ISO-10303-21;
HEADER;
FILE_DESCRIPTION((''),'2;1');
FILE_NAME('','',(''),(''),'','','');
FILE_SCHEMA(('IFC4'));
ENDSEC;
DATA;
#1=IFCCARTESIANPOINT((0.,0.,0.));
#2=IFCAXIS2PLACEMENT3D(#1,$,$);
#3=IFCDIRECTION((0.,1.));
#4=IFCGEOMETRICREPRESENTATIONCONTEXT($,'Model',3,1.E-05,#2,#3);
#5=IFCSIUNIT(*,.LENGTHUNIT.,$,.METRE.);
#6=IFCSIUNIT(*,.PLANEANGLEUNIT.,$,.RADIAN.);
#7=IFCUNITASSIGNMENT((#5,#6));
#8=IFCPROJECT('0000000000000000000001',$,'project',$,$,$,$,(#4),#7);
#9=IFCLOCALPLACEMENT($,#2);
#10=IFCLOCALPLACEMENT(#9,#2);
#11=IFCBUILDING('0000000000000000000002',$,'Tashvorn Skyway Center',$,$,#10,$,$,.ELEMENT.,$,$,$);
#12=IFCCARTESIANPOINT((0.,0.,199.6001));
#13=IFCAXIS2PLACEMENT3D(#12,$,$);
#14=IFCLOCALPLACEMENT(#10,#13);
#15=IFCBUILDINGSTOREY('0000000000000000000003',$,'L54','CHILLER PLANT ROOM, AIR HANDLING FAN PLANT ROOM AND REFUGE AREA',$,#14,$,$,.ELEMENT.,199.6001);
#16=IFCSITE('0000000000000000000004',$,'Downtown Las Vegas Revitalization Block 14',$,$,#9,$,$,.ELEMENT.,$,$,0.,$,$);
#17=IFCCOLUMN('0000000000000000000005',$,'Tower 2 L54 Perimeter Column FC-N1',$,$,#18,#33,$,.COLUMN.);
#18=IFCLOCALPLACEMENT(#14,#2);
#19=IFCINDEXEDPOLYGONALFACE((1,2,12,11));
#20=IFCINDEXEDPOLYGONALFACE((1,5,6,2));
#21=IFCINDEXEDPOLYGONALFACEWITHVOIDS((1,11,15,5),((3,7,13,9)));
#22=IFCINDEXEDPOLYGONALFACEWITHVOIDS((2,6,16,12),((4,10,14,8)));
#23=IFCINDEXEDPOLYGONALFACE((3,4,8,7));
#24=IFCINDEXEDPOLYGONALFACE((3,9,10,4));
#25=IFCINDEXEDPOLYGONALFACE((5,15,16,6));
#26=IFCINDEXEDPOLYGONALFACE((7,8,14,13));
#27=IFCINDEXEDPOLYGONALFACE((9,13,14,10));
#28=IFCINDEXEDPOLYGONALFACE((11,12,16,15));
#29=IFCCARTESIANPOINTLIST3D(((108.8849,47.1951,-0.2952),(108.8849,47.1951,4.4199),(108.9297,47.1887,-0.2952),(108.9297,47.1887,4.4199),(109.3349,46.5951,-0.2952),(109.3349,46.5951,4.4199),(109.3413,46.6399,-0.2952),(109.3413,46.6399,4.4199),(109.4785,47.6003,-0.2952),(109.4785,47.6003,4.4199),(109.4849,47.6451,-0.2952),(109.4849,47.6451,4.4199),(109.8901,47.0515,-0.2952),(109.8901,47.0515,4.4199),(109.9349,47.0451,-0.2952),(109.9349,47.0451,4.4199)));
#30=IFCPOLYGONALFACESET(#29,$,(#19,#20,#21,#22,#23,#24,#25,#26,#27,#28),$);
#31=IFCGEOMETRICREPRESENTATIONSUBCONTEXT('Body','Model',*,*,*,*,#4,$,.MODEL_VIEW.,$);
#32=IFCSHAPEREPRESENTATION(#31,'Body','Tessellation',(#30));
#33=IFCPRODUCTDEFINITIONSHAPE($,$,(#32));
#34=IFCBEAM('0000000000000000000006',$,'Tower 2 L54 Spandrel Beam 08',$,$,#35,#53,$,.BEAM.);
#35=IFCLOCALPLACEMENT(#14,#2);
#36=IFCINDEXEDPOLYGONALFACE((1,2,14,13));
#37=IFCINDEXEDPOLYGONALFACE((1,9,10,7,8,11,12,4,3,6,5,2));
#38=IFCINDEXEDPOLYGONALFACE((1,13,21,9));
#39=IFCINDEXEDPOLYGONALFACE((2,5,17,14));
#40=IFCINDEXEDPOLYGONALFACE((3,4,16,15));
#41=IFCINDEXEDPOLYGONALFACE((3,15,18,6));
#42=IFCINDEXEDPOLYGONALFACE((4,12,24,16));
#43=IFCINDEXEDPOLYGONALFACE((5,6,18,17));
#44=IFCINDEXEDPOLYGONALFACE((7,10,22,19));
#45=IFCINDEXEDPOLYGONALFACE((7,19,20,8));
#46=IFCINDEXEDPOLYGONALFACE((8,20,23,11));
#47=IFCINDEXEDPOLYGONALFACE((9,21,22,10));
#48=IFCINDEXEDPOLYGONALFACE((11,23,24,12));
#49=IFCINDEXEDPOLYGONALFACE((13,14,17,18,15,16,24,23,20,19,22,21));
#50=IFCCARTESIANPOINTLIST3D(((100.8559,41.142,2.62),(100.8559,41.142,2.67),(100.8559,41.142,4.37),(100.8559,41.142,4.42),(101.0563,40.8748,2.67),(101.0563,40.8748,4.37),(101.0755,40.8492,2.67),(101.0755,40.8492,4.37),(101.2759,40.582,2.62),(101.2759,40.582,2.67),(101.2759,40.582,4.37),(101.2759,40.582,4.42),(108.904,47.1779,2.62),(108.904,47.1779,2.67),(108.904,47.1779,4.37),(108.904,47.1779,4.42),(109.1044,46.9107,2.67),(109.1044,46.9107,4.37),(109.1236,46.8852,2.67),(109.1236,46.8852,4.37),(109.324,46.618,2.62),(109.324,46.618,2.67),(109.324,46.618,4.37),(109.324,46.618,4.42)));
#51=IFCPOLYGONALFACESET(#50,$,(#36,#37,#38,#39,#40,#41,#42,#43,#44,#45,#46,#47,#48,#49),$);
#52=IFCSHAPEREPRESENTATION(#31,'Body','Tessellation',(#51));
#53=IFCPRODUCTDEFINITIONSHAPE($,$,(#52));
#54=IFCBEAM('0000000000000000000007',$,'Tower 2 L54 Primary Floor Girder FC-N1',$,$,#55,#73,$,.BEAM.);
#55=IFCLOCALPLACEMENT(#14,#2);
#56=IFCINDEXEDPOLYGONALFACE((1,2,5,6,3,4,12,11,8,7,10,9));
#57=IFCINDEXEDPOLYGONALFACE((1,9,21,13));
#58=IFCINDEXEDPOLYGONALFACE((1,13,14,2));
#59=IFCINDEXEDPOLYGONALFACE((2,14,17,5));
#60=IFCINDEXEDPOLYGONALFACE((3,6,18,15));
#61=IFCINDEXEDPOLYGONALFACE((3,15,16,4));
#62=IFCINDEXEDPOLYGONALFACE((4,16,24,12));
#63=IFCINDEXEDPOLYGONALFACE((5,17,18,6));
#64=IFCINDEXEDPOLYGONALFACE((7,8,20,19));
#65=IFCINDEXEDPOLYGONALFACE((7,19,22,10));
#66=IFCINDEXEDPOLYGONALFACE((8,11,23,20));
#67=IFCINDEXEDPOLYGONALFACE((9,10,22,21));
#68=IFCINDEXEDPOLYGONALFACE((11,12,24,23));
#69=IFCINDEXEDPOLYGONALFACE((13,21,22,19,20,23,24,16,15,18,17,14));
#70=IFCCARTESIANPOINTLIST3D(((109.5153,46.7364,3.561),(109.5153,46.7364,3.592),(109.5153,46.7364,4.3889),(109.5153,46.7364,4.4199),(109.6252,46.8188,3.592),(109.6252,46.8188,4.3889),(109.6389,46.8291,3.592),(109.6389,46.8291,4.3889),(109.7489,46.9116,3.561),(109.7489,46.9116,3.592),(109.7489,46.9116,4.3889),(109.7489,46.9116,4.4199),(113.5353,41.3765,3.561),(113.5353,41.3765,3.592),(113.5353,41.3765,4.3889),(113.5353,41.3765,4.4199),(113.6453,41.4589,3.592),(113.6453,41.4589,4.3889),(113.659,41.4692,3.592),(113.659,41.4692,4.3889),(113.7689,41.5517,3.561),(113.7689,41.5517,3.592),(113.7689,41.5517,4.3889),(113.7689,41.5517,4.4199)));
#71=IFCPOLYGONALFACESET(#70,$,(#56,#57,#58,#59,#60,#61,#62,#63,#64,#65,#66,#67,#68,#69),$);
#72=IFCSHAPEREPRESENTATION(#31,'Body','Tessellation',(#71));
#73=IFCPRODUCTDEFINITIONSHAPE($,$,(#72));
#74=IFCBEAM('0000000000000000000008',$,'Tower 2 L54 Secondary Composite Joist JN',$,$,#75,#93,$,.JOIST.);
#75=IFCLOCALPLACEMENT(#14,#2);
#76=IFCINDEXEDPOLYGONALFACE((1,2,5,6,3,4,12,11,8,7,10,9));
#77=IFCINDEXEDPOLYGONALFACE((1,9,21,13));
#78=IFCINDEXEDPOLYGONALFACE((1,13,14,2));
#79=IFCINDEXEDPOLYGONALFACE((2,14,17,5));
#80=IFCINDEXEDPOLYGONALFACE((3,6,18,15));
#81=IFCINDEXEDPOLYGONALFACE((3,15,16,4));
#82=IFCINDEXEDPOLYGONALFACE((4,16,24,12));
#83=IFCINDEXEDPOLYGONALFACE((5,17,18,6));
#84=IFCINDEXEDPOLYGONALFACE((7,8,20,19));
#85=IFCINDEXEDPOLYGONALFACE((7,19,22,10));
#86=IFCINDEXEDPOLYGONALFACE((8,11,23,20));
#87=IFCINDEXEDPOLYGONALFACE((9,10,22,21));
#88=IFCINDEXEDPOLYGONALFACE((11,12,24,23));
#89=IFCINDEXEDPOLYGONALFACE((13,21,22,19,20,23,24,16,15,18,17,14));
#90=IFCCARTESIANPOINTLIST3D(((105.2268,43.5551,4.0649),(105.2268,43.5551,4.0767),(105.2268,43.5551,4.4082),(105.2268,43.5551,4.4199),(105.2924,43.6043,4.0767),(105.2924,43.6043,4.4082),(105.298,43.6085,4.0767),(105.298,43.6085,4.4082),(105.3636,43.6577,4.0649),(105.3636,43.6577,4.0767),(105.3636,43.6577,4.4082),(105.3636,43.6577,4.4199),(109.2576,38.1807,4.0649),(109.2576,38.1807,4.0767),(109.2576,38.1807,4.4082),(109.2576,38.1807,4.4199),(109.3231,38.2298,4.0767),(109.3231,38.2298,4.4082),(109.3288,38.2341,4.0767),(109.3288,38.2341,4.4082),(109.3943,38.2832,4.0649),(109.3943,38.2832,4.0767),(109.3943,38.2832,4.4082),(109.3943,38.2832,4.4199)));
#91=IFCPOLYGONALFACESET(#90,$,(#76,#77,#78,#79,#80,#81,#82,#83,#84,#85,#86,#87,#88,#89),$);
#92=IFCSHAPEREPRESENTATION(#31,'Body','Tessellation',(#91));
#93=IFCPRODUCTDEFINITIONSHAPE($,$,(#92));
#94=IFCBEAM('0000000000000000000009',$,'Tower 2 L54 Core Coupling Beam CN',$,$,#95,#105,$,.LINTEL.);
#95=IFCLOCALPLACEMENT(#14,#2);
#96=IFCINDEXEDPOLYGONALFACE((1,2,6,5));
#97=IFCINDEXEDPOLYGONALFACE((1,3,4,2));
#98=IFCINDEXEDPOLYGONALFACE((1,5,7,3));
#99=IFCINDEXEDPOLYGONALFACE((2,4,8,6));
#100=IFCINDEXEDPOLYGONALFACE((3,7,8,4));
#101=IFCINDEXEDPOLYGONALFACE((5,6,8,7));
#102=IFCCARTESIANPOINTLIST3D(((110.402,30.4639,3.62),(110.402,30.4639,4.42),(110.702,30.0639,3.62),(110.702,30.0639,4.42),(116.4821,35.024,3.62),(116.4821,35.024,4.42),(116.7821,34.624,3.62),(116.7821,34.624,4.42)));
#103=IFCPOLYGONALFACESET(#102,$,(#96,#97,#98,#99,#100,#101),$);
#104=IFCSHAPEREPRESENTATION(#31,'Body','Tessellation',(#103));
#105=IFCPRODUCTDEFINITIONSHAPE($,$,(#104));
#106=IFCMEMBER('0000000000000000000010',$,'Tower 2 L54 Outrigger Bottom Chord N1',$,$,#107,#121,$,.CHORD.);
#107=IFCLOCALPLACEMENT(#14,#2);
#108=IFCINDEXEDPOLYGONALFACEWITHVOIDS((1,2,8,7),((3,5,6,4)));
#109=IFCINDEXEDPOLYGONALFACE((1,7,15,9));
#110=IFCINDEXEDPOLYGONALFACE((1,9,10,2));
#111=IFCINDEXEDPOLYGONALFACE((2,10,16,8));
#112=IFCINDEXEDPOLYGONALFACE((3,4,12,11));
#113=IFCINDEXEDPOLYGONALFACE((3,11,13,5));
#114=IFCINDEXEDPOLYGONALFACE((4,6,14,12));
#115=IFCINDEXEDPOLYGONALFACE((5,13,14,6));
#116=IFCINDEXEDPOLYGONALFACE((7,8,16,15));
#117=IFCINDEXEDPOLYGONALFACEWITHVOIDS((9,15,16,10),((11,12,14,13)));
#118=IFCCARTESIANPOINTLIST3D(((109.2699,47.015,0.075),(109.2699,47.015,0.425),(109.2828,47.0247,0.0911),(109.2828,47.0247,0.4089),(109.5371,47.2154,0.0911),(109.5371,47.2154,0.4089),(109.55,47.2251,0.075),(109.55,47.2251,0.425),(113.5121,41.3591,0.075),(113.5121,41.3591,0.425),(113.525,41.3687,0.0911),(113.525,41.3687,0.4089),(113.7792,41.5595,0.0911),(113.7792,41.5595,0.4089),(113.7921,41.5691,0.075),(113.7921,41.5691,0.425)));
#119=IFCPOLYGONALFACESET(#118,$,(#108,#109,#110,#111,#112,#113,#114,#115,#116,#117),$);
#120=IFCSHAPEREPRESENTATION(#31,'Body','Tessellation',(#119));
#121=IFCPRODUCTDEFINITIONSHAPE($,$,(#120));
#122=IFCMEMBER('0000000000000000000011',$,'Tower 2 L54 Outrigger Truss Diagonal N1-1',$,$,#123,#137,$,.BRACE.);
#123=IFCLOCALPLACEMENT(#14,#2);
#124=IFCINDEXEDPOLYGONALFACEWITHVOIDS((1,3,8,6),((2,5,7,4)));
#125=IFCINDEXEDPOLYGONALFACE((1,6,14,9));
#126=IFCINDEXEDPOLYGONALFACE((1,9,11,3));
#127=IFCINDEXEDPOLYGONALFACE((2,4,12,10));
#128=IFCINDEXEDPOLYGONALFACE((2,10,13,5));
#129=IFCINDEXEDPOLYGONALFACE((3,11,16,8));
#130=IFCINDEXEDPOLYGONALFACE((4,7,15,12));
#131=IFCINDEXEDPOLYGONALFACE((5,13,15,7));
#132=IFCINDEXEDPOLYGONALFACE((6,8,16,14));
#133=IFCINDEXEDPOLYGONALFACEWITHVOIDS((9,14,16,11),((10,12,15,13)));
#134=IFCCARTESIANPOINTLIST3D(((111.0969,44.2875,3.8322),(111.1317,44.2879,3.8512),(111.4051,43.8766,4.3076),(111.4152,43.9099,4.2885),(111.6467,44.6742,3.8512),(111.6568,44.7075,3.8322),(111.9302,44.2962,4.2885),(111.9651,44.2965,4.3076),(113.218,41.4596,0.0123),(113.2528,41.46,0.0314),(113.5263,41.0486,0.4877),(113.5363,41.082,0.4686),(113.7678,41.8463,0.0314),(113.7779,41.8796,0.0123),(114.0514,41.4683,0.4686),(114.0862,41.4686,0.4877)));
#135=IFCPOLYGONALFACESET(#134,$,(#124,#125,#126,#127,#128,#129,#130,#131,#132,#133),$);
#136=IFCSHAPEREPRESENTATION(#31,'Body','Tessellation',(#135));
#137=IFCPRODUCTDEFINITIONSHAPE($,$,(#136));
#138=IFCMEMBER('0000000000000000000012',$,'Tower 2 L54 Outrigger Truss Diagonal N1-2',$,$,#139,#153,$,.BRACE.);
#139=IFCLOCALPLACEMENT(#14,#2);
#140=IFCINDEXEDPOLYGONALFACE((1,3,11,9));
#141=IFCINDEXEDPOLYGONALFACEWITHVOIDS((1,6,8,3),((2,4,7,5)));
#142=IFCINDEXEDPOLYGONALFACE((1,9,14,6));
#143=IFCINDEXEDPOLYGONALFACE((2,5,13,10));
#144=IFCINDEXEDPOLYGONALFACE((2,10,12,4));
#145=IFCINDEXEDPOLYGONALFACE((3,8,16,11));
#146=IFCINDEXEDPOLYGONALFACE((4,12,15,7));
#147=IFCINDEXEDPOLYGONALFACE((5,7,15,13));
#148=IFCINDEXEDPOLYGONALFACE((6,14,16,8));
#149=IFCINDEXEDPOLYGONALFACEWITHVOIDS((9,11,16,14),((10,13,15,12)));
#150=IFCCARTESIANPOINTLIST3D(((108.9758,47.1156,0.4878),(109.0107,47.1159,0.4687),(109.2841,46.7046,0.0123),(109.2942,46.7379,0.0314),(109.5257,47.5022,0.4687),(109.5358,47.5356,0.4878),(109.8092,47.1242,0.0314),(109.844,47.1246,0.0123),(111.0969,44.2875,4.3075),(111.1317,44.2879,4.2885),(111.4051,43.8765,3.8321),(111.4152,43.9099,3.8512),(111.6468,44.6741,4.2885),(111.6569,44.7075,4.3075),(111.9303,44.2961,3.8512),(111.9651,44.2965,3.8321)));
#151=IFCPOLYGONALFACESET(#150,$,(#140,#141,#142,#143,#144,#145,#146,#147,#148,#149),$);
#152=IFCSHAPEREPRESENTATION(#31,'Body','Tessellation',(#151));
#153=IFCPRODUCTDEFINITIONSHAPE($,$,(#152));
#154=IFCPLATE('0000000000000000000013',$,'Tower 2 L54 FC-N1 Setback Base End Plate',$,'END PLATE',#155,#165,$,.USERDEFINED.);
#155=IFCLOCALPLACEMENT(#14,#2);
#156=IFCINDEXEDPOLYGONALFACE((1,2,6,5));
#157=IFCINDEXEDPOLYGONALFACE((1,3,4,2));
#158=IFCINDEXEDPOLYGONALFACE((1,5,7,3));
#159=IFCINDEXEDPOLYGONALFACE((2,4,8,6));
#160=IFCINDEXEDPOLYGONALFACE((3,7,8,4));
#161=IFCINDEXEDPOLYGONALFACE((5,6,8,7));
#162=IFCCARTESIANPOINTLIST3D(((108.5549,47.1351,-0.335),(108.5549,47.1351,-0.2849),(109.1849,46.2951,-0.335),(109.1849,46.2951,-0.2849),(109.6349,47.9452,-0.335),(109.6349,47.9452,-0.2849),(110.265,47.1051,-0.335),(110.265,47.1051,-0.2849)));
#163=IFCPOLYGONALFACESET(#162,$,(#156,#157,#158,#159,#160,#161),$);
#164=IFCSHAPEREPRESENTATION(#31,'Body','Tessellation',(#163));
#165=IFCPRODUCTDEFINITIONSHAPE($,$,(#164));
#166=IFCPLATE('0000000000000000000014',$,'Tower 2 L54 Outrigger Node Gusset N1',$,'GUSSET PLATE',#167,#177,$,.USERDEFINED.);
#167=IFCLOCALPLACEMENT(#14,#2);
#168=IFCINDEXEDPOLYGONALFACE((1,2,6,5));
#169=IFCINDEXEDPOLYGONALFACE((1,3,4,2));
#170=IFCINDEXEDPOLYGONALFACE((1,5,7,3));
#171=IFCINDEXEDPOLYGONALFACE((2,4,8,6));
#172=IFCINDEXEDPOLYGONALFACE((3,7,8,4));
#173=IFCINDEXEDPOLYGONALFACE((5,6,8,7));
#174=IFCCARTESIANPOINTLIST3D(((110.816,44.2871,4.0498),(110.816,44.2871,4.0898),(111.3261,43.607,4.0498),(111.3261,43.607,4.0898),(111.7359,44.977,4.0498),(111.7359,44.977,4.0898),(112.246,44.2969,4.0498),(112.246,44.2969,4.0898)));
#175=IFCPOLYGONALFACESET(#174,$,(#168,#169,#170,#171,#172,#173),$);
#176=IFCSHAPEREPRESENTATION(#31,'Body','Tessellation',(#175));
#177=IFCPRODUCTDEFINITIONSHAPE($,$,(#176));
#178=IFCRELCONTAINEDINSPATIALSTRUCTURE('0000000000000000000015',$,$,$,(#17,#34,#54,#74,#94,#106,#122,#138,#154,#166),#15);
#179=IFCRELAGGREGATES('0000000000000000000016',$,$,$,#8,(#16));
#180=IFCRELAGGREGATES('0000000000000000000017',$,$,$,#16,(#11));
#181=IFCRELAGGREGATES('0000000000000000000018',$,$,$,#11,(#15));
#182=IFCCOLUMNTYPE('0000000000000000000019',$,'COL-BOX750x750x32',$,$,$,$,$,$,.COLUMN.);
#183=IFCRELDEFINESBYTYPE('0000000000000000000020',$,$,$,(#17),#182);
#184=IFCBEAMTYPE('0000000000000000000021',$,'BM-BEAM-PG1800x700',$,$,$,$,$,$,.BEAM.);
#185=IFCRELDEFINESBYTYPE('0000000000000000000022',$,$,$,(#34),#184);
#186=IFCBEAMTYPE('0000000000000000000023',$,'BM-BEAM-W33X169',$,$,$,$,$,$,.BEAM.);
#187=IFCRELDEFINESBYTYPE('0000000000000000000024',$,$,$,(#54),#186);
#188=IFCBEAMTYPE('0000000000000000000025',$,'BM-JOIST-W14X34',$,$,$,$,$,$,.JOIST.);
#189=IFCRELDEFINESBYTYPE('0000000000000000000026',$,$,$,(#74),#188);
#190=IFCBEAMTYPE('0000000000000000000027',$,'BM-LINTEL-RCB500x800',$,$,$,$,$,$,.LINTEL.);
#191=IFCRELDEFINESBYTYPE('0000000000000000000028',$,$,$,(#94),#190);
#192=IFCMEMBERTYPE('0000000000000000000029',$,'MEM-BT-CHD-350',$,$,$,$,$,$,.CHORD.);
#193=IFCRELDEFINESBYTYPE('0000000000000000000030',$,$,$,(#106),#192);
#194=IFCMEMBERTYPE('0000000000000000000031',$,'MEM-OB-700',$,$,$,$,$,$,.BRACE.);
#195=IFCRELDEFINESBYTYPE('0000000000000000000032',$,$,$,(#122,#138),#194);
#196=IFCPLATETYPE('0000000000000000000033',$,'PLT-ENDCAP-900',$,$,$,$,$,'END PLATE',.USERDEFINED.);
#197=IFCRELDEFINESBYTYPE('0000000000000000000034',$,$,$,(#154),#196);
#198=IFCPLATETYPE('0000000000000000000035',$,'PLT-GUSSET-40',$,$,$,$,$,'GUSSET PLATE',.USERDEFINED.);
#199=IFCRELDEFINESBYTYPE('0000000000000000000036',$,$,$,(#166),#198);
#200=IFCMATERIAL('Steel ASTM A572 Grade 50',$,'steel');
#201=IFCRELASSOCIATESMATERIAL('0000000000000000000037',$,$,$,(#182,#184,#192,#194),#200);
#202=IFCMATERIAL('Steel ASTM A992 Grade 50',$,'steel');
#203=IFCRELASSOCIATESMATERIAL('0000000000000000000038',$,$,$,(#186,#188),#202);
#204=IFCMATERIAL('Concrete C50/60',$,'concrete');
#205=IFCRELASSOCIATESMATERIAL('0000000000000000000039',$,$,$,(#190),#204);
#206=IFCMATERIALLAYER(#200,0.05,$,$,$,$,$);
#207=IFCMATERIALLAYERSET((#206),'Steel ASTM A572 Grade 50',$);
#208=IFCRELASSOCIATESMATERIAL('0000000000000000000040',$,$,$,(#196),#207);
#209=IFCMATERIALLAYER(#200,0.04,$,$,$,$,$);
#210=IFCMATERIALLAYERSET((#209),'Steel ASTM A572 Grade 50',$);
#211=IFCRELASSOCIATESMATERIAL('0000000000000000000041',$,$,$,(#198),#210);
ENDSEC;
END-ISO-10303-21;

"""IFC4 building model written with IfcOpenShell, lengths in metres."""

from ifc_helpers import new_model, si_unit, direction, frame, origin, origin_2d, place, context, subcontext, project, spatial, rectangle, hollow_rectangle, i_section, extrude, material, layer, layer_set, material_profile, profile_set, type_object, element, save


model = new_model("IFC4")

# Units and contexts
model_context = context("Model", 3, precision=1e-05, world=origin(), true_north=direction((0.0, 1.0)))
body_context = subcontext(model_context, "Body", "Model", "MODEL_VIEW")
ifc_project = project(units=[si_unit("LENGTHUNIT", "METRE"), si_unit("PLANEANGLEUNIT", "RADIAN")], contexts=[model_context])

# Site, building, storey
site_placement = place(None, origin())
site = spatial("IfcSite", under=ifc_project, at=site_placement, Name="Downtown Las Vegas Revitalization Block 14", CompositionType="ELEMENT", RefElevation=0.0)
building_placement = place(site_placement, origin())
building = spatial("IfcBuilding", under=site, at=building_placement, Name="Tashvorn Skyway Center", CompositionType="ELEMENT")
storey_placement = place(building_placement, frame((0.0, 0.0, 199.6001)))
storey = spatial("IfcBuildingStorey", under=building, at=storey_placement, Name="L54", Description="CHILLER PLANT ROOM, AIR HANDLING FAN PLANT ROOM AND REFUGE AREA", CompositionType="ELEMENT", Elevation=199.6001)

# Column
ifc_material_1 = material(Name="Steel ASTM A572 Grade 50", Category="steel")
ifc_material_profile_1 = material_profile(ifc_material_1, hollow_rectangle(XDim=0.75, YDim=0.75, WallThickness=0.032, at=origin_2d()), Name="BOX750x750x32")
ifc_profile_set_1 = profile_set([ifc_material_profile_1], Name="Steel ASTM A572 Grade 50")
column_type = type_object("IfcColumnType", Name="COL-BOX750x750x32", PredefinedType="COLUMN", material=ifc_profile_set_1)
column_placement = place(storey_placement, frame((109.4099, 47.1201, -0.2952), z_axis=(0.0, 0.0, 1.0), x_axis=(0.8, 0.6, 0.0)))
element("IfcColumn", 1, at=column_placement, inside=storey, type_object=column_type, Name="Tower 2 L54 Perimeter Column FC-N1", PredefinedType="COLUMN", context=body_context, shape_type="SweptSolid", body=[
    extrude(hollow_rectangle(XDim=0.75, YDim=0.75, WallThickness=0.032, at=origin_2d()), origin(), (0.0, 0.0, 1.0), 4.7151),
])

# Beams
ifc_material_profile_2 = material_profile(ifc_material_1, i_section(OverallWidth=0.7, OverallDepth=1.8, WebThickness=0.032, FlangeThickness=0.05, at=origin_2d()), Name="PG1800x700")
ifc_profile_set_2 = profile_set([ifc_material_profile_2], Name="Steel ASTM A572 Grade 50")
beam_type_1 = type_object("IfcBeamType", Name="BM-BEAM-PG1800x700", PredefinedType="BEAM", material=ifc_profile_set_2)
beam_1_placement = place(storey_placement, frame((109.114, 46.8979, 3.52), z_axis=(-0.800009, -0.599988, 0.0), x_axis=(0.599988, -0.800009, 0.0)))
element("IfcBeam", 2, at=beam_1_placement, inside=storey, type_object=beam_type_1, Name="Tower 2 L54 Spandrel Beam 08", PredefinedType="BEAM", context=body_context, shape_type="SweptSolid", body=[
    extrude(i_section(OverallWidth=0.7, OverallDepth=1.8, WebThickness=0.032, FlangeThickness=0.05, at=origin_2d()), origin(), (0.0, 0.0, 1.0), 10.0601),
])
ifc_material_2 = material(Name="Steel ASTM A992 Grade 50", Category="steel")
ifc_material_profile_3 = material_profile(ifc_material_2, i_section(OverallWidth=0.292, OverallDepth=0.8589, WebThickness=0.0171, FlangeThickness=0.031, at=origin_2d()), Name="W33X169")
ifc_profile_set_3 = profile_set([ifc_material_profile_3], Name="Steel ASTM A992 Grade 50")
beam_type_2 = type_object("IfcBeamType", Name="BM-BEAM-W33X169", PredefinedType="BEAM", material=ifc_profile_set_3)
beam_2_placement = place(storey_placement, frame((109.6321, 46.824, 3.9905), z_axis=(0.600012, -0.799991, 0.0), x_axis=(0.799991, 0.600012, 0.0)))
element("IfcBeam", 3, at=beam_2_placement, inside=storey, type_object=beam_type_2, Name="Tower 2 L54 Primary Floor Girder FC-N1", PredefinedType="BEAM", context=body_context, shape_type="SweptSolid", body=[
    extrude(i_section(OverallWidth=0.292, OverallDepth=0.8589, WebThickness=0.0171, FlangeThickness=0.031, at=origin_2d()), origin(), (0.0, 0.0, 1.0), 6.7),
])
ifc_material_profile_4 = material_profile(ifc_material_2, i_section(OverallWidth=0.1709, OverallDepth=0.355, WebThickness=0.0071, FlangeThickness=0.0117, at=origin_2d()), Name="W14X34")
ifc_profile_set_4 = profile_set([ifc_material_profile_4], Name="Steel ASTM A992 Grade 50")
beam_type_3 = type_object("IfcBeamType", Name="BM-JOIST-W14X34", PredefinedType="JOIST", material=ifc_profile_set_4)
beam_3_placement = place(storey_placement, frame((109.3259, 38.2319, 4.2424), z_axis=(-0.599988, 0.800009, 0.0), x_axis=(-0.800009, -0.599988, 0.0)))
element("IfcBeam", 4, at=beam_3_placement, inside=storey, type_object=beam_type_3, Name="Tower 2 L54 Secondary Composite Joist JN", PredefinedType="JOIST", context=body_context, shape_type="SweptSolid", body=[
    extrude(i_section(OverallWidth=0.1709, OverallDepth=0.355, WebThickness=0.0071, FlangeThickness=0.0117, at=origin_2d()), origin(), (0.0, 0.0, 1.0), 6.718),
])
ifc_material_3 = material(Name="Concrete C50/60", Category="concrete")
ifc_material_profile_5 = material_profile(ifc_material_3, rectangle(XDim=0.5, YDim=0.8, at=origin_2d()), Name="RCB500x800")
ifc_profile_set_5 = profile_set([ifc_material_profile_5], Name="Concrete C50/60")
beam_type_4 = type_object("IfcBeamType", Name="BM-LINTEL-RCB500x800", PredefinedType="LINTEL", material=ifc_profile_set_5)
beam_4_placement = place(storey_placement, frame((110.552, 30.2639, 4.02), z_axis=(0.8, 0.6, 0.0), x_axis=(-0.6, 0.8, 0.0)))
element("IfcBeam", 5, at=beam_4_placement, inside=storey, type_object=beam_type_4, Name="Tower 2 L54 Core Coupling Beam CN", PredefinedType="LINTEL", context=body_context, shape_type="SweptSolid", body=[
    extrude(rectangle(XDim=0.5, YDim=0.8, at=origin_2d()), origin(), (0.0, 0.0, 1.0), 7.6001),
])

# Members
ifc_material_profile_6 = material_profile(ifc_material_1, hollow_rectangle(XDim=0.3501, YDim=0.3501, WallThickness=0.0161, at=origin_2d()), Name="HSS350x350x16")
ifc_profile_set_6 = profile_set([ifc_material_profile_6], Name="Steel ASTM A572 Grade 50")
member_type_1 = type_object("IfcMemberType", Name="MEM-BT-CHD-350", PredefinedType="CHORD", material=ifc_profile_set_6)
member_placement = place(storey_placement, frame((113.6521, 41.4641, 0.25), z_axis=(-0.600017, 0.799988, 0.0), x_axis=(-0.799988, -0.600017, 0.0)))
element("IfcMember", 6, at=member_placement, inside=storey, type_object=member_type_1, Name="Tower 2 L54 Outrigger Bottom Chord N1", PredefinedType="CHORD", context=body_context, shape_type="SweptSolid", body=[
    extrude(hollow_rectangle(XDim=0.3501, YDim=0.3501, WallThickness=0.0161, at=origin_2d()), origin(), (0.0, 0.0, 1.0), 7.0701),
])
ifc_material_profile_7 = material_profile(ifc_material_1, hollow_rectangle(XDim=0.7, YDim=0.7, WallThickness=0.0281, at=origin_2d()), Name="BOX700x700x28")
ifc_profile_set_7 = profile_set([ifc_material_profile_7], Name="Steel ASTM A572 Grade 50")
member_type_2 = type_object("IfcMemberType", Name="MEM-OB-700", PredefinedType="BRACE", material=ifc_profile_set_7)
for number, where, z_axis, x_axis, name in (
    (7, (113.6521, 41.4641, 0.25), (-0.407549, 0.543351, 0.733944), (-0.799975, -0.600033, 0.0), "Tower 2 L54 Outrigger Truss Diagonal N1-1"),
    (8, (111.531, 44.292, 4.0698), (-0.407538, 0.543384, -0.733925), (-0.8, -0.6, 0.0), "Tower 2 L54 Outrigger Truss Diagonal N1-2"),
):
    element("IfcMember", number, at=place(storey_placement, frame(where, z_axis=z_axis, x_axis=x_axis)), inside=storey, type_object=member_type_2, Name=name, PredefinedType="BRACE", context=body_context, shape_type="SweptSolid", body=[
        extrude(hollow_rectangle(XDim=0.7, YDim=0.7, WallThickness=0.0281, at=origin_2d()), origin(), (0.0, 0.0, 1.0), 5.2046),
    ])

# Plates
ifc_layer_1 = layer(ifc_material_1, 0.05)
ifc_layer_set_1 = layer_set([ifc_layer_1], Name="Steel ASTM A572 Grade 50")
plate_type_1 = type_object("IfcPlateType", Name="PLT-ENDCAP-900", ElementType="END PLATE", PredefinedType="USERDEFINED", material=ifc_layer_set_1)
plate_1_placement = place(storey_placement, frame((109.4099, 47.1201, -0.335), z_axis=(0.0, 0.0, 1.0), x_axis=(0.8, 0.6, 0.0)))
element("IfcPlate", 9, at=plate_1_placement, inside=storey, type_object=plate_type_1, Name="Tower 2 L54 FC-N1 Setback Base End Plate", ObjectType="END PLATE", PredefinedType="USERDEFINED", context=body_context, shape_type="SweptSolid", body=[
    extrude(rectangle(XDim=1.3501, YDim=1.05, at=origin_2d()), origin(), (0.0, 0.0, 1.0), 0.05),
])
ifc_layer_2 = layer(ifc_material_1, 0.04)
ifc_layer_set_2 = layer_set([ifc_layer_2], Name="Steel ASTM A572 Grade 50")
plate_type_2 = type_object("IfcPlateType", Name="PLT-GUSSET-40", ElementType="GUSSET PLATE", PredefinedType="USERDEFINED", material=ifc_layer_set_2)
plate_2_placement = place(storey_placement, frame((111.531, 44.292, 4.0498), z_axis=(0.0, 0.0, 1.0), x_axis=(0.8, 0.6, 0.0)))
element("IfcPlate", 10, at=plate_2_placement, inside=storey, type_object=plate_type_2, Name="Tower 2 L54 Outrigger Node Gusset N1", ObjectType="GUSSET PLATE", PredefinedType="USERDEFINED", context=body_context, shape_type="SweptSolid", body=[
    extrude(rectangle(XDim=1.1499, YDim=0.8501, at=origin_2d()), origin(), (0.0, 0.0, 1.0), 0.04),
])

save(model, "model.ifc")
